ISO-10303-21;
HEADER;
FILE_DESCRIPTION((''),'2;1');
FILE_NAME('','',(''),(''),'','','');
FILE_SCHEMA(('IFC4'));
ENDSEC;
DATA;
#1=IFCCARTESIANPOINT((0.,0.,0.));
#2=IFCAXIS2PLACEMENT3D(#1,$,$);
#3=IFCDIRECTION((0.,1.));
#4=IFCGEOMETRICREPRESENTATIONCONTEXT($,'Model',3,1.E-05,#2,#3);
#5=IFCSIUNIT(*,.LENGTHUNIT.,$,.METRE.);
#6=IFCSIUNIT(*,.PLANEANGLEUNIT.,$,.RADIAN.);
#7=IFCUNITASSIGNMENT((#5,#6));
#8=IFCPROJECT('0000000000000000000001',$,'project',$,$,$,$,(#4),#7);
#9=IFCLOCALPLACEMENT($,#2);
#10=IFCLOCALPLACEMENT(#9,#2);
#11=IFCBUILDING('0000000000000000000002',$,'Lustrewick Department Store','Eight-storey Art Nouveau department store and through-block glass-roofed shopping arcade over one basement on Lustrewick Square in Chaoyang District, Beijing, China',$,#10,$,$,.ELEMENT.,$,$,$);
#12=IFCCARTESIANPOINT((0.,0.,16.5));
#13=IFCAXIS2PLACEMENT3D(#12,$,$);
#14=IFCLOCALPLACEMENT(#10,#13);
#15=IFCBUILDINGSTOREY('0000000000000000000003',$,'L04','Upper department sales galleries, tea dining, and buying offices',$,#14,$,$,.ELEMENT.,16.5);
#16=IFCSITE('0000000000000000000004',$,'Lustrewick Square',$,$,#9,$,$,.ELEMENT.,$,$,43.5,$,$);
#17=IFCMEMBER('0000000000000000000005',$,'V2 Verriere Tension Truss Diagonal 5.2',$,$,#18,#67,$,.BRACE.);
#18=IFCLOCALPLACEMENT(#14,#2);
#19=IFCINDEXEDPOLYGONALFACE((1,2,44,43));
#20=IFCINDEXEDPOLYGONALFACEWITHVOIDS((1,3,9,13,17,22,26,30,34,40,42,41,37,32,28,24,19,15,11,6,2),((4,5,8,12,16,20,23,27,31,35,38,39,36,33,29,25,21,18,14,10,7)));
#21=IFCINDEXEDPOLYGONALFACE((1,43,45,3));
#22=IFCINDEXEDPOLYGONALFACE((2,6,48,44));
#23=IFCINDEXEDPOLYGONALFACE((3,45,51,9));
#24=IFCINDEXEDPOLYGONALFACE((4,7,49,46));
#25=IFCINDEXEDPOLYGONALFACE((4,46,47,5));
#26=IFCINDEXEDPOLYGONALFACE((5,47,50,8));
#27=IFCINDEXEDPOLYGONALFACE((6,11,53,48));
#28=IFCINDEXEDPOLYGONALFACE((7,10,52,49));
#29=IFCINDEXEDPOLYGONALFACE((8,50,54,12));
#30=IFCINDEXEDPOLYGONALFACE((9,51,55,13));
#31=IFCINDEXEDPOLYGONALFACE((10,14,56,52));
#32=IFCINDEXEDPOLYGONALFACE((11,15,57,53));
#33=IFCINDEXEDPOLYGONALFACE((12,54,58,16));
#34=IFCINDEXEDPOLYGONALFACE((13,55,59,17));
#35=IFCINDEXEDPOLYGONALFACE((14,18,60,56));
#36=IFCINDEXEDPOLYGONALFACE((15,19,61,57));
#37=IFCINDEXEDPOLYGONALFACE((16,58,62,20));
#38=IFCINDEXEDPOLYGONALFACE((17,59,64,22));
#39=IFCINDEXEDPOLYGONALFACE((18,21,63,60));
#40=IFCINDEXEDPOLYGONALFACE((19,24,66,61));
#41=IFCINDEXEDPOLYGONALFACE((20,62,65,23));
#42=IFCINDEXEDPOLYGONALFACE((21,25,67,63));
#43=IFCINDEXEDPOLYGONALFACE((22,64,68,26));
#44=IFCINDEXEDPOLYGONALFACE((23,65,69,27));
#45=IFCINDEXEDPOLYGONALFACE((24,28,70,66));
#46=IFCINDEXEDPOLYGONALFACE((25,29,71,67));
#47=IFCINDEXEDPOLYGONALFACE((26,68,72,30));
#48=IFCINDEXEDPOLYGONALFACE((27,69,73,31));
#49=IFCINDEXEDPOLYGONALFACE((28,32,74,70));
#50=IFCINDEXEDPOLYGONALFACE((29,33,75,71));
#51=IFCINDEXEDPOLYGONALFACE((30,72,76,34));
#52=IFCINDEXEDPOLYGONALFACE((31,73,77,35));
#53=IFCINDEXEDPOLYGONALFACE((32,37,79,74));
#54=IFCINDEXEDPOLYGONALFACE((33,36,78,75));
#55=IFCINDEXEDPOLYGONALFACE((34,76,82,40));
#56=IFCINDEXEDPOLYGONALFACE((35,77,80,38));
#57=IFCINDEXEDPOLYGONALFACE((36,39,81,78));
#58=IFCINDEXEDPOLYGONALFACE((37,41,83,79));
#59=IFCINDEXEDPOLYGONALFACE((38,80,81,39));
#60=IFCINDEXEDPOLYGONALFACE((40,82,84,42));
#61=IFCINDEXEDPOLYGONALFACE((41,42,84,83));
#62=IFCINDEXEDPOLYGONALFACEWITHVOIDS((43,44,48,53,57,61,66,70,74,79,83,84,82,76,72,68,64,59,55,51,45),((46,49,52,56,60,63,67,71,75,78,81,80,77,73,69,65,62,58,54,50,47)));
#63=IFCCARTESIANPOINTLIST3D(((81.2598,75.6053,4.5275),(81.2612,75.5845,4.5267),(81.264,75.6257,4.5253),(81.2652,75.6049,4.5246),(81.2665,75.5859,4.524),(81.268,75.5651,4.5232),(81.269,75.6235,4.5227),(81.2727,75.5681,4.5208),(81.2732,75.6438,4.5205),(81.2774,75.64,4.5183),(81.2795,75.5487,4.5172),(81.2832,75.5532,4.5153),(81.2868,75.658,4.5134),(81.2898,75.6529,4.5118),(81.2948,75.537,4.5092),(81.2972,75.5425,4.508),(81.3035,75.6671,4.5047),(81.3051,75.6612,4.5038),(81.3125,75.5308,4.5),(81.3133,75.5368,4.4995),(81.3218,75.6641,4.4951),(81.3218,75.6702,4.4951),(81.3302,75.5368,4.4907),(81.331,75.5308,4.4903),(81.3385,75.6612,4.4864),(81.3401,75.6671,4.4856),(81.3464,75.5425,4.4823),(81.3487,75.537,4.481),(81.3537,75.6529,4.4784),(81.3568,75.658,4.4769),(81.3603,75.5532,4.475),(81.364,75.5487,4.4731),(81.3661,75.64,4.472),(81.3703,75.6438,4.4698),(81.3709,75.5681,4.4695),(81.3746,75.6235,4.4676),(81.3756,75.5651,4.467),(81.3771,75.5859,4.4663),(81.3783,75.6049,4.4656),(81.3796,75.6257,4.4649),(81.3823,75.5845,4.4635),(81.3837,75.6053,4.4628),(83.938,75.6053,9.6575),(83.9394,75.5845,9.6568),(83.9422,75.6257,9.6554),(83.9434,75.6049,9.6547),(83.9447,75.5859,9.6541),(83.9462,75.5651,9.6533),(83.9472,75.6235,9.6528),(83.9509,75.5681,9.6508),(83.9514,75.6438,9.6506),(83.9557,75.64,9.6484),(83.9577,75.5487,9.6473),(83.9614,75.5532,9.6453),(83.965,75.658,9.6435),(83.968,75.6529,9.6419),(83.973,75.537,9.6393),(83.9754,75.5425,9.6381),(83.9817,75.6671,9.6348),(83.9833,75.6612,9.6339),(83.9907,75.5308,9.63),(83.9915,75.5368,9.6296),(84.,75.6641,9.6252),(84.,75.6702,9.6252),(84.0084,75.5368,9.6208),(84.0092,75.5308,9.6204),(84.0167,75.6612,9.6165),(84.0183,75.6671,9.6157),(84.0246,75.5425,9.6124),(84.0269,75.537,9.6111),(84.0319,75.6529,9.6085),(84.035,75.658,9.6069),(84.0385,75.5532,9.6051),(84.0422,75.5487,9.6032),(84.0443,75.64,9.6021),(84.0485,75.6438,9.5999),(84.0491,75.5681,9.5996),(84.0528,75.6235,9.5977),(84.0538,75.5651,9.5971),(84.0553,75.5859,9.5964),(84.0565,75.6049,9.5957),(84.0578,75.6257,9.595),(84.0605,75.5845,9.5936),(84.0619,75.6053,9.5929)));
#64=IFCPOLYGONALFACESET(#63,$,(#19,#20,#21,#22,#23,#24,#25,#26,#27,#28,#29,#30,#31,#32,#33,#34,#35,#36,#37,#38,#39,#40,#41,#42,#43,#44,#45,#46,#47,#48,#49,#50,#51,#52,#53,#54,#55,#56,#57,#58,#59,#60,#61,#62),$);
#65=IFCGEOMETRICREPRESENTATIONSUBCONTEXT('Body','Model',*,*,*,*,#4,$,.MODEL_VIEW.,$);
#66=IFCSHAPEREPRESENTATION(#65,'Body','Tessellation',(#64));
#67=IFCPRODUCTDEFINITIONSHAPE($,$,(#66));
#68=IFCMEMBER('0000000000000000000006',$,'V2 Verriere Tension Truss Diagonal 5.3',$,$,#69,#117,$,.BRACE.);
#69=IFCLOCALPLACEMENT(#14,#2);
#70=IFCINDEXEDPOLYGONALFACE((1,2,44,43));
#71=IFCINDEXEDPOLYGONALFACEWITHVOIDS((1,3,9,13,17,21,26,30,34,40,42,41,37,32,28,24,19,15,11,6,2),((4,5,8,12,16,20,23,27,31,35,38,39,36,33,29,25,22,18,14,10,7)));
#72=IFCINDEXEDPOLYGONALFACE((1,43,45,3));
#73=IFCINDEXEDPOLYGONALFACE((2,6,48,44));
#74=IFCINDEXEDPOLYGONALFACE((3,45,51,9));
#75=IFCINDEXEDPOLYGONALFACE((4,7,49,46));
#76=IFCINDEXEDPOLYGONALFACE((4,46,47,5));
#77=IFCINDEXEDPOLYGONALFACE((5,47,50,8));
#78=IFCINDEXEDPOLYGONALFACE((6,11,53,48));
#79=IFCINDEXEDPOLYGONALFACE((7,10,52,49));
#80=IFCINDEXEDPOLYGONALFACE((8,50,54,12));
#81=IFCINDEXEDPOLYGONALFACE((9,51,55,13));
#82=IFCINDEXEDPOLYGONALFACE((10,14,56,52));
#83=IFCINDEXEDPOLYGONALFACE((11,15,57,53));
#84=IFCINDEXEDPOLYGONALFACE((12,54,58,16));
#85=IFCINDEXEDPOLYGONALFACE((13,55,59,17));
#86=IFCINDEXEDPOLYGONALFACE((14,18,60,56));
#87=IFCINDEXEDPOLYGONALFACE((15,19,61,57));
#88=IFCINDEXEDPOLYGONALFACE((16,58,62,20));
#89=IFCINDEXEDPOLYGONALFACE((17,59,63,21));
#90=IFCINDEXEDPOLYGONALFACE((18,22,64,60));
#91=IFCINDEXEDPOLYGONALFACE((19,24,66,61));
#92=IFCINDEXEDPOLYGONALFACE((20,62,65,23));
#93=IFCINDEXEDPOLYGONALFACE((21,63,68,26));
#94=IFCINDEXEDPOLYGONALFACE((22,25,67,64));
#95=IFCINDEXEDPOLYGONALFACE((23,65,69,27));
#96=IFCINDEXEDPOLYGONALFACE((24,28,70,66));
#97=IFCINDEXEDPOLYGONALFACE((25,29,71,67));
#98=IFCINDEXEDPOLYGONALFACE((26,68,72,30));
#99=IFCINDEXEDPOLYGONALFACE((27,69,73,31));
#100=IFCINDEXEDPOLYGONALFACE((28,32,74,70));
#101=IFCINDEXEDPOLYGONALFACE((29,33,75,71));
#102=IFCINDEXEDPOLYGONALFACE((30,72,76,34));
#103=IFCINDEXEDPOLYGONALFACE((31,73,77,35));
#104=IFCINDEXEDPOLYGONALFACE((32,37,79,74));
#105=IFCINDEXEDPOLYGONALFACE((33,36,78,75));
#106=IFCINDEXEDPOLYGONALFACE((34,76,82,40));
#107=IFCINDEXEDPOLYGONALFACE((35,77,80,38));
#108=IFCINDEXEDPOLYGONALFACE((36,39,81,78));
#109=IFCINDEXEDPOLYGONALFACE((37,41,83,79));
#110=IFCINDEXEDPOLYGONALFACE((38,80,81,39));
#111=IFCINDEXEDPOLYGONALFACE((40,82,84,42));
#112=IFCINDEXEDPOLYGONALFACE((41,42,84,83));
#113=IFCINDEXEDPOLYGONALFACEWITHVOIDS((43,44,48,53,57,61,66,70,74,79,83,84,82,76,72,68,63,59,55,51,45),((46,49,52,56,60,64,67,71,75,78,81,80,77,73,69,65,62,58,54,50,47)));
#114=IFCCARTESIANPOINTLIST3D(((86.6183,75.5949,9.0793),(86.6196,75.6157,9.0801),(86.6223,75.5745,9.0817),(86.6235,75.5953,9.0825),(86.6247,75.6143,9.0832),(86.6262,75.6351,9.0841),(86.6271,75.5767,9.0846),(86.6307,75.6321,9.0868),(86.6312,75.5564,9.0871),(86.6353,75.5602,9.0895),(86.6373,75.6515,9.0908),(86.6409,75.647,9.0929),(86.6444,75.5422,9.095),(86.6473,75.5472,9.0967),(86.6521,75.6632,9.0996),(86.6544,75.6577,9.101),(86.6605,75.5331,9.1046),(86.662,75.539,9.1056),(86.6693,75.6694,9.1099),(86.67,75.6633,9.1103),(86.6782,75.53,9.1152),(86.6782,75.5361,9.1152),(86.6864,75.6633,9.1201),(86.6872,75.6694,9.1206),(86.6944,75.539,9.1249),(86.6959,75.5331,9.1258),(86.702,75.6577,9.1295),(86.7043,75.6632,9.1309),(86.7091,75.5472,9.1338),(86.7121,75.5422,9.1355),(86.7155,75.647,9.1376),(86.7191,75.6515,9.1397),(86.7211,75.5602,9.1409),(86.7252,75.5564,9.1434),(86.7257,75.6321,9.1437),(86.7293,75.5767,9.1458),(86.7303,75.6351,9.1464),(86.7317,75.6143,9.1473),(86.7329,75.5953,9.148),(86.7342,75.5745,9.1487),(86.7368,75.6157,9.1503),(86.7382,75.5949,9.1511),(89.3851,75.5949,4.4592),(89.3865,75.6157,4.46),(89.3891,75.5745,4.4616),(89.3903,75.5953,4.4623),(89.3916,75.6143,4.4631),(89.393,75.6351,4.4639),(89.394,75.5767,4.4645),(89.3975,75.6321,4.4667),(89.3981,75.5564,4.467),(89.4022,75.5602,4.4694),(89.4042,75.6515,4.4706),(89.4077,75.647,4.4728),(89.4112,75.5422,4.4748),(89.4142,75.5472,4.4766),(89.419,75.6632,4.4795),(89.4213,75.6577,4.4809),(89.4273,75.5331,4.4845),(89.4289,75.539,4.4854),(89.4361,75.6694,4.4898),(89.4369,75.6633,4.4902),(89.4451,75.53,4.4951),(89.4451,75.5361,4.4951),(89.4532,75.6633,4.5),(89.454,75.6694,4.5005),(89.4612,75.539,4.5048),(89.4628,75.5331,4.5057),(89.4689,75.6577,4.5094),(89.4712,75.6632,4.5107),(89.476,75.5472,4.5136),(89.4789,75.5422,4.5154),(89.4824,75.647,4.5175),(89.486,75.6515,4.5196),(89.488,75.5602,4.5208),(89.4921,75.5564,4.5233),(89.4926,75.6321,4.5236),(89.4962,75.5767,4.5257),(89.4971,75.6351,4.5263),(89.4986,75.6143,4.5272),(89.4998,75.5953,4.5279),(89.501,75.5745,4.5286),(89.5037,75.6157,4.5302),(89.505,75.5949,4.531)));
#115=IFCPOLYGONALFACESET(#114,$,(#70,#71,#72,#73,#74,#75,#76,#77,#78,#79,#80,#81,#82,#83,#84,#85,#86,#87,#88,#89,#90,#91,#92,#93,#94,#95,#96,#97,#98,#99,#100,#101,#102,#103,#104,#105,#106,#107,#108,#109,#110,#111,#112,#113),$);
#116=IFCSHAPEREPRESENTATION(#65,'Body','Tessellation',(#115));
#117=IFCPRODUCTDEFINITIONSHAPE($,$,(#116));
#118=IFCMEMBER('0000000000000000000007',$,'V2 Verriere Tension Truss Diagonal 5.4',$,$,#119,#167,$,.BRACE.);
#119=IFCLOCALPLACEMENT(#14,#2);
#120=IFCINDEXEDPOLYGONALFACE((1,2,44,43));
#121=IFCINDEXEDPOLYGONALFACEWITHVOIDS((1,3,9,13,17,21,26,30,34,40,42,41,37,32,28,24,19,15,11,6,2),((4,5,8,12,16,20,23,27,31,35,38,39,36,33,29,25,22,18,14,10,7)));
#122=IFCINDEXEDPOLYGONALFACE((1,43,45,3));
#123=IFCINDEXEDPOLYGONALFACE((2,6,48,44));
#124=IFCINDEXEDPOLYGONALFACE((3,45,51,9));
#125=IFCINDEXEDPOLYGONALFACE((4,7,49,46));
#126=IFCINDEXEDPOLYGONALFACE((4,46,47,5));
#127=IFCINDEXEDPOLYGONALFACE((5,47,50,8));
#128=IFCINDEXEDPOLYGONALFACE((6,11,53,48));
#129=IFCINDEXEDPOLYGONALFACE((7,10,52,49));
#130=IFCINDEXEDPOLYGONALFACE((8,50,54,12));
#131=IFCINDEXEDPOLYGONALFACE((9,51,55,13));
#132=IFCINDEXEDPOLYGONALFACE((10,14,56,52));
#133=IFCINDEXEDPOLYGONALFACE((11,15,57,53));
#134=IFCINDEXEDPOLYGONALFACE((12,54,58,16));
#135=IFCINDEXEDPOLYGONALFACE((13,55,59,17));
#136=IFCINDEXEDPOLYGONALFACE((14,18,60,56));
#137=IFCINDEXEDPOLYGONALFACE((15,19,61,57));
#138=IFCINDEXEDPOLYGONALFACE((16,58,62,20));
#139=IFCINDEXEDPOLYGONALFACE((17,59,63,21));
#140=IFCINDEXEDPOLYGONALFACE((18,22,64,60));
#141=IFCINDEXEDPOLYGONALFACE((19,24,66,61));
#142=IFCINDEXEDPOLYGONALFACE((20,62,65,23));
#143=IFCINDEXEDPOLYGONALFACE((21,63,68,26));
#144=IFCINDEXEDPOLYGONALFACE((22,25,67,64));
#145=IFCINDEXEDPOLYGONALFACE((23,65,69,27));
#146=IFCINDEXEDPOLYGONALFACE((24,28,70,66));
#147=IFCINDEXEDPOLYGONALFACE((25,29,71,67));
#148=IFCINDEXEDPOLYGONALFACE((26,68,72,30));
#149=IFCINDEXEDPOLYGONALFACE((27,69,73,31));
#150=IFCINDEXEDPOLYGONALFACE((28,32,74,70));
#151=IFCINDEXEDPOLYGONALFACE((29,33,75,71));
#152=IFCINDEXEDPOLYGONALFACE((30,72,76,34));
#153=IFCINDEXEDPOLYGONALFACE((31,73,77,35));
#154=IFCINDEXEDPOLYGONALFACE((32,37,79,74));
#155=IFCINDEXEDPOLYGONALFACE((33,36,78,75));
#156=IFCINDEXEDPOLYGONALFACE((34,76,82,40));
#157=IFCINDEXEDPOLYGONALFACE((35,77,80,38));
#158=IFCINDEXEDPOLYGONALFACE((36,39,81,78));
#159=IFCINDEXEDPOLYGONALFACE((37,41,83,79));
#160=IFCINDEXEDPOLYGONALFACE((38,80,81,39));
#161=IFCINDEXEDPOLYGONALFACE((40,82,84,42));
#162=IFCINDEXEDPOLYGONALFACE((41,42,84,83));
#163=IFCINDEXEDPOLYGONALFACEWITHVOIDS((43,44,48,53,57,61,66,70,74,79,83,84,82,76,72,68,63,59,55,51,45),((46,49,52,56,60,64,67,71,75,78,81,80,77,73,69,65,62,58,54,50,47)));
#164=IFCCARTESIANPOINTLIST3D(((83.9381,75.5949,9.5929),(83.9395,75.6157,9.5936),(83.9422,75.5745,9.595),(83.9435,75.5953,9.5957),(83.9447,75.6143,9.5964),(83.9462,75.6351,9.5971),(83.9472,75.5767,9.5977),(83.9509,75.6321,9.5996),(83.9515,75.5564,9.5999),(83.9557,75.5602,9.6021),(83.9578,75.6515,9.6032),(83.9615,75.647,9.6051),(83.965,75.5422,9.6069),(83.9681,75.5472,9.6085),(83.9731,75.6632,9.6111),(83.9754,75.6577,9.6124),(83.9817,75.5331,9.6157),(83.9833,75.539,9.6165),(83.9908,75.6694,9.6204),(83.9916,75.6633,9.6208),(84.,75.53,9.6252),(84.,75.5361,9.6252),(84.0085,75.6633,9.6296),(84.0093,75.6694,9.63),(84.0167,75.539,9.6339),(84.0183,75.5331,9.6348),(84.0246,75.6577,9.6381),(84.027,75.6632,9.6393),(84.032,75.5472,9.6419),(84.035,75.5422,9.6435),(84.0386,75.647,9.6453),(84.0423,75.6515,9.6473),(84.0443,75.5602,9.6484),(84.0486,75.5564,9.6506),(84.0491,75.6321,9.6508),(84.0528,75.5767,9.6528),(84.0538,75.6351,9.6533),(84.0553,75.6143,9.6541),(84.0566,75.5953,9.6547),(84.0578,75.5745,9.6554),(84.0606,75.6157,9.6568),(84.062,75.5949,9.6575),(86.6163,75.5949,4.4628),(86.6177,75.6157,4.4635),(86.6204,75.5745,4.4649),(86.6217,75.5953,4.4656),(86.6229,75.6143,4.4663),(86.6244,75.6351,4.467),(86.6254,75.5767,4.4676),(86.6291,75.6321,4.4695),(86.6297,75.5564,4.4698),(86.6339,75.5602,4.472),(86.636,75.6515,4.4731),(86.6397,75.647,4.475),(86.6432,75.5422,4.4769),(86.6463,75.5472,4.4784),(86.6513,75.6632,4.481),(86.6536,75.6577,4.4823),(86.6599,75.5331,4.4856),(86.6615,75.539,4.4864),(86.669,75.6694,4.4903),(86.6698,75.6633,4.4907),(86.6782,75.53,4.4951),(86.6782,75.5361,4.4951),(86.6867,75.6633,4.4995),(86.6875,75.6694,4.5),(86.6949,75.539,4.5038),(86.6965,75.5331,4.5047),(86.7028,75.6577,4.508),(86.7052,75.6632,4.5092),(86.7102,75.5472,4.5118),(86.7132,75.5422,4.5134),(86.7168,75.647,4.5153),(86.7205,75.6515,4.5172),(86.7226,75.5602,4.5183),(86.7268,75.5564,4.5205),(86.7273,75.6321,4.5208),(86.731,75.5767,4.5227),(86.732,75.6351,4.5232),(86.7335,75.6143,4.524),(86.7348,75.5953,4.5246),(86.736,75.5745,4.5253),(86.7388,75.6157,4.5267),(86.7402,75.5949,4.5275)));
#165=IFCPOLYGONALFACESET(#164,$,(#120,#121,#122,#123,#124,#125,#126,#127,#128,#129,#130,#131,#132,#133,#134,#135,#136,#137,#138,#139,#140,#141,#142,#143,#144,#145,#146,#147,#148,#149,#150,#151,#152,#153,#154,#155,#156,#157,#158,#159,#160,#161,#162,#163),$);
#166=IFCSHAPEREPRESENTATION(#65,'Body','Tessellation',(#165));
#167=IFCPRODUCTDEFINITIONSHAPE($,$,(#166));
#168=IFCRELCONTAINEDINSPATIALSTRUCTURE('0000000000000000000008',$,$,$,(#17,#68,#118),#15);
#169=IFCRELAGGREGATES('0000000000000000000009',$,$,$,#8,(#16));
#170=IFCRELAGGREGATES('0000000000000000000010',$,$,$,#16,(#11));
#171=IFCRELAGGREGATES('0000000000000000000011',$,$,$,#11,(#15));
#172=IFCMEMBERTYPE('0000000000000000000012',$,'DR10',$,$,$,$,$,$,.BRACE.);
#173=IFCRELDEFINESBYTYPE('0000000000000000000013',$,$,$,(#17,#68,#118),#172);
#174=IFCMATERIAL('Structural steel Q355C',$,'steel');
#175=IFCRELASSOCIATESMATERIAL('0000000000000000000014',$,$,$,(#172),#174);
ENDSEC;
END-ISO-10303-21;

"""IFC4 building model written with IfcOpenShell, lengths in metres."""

from ifc_helpers import new_model, si_unit, direction, frame, origin, origin_2d, place, context, subcontext, project, spatial, hollow_circle, extrude, material, material_profile, profile_set, type_object, element, save


model = new_model("IFC4")

# Units and contexts
model_context = context("Model", 3, precision=1e-05, world=origin(), true_north=direction((0.0, 1.0)))
body_context = subcontext(model_context, "Body", "Model", "MODEL_VIEW")
ifc_project = project(units=[si_unit("LENGTHUNIT", "METRE"), si_unit("PLANEANGLEUNIT", "RADIAN")], contexts=[model_context])

# Site, building, storey
site_placement = place(None, origin())
site = spatial("IfcSite", under=ifc_project, at=site_placement, Name="Lustrewick Square", CompositionType="ELEMENT", RefElevation=43.5)
building_placement = place(site_placement, origin())
building = spatial("IfcBuilding", under=site, at=building_placement, Name="Lustrewick Department Store", Description="Eight-storey Art Nouveau department store and through-block glass-roofed shopping arcade over one basement on Lustrewick Square in Chaoyang District, Beijing, China", CompositionType="ELEMENT")
storey_placement = place(building_placement, frame((0.0, 0.0, 16.5)))
storey = spatial("IfcBuildingStorey", under=building, at=storey_placement, Name="L04", Description="Upper department sales galleries, tea dining, and buying offices", CompositionType="ELEMENT", Elevation=16.5)

# Members
ifc_material_1 = material(Name="Structural steel Q355C", Category="steel")
ifc_material_profile_1 = material_profile(ifc_material_1, hollow_circle(Radius=0.0701, WallThickness=0.0061, at=origin_2d()), Name="CHS 140x6")
ifc_profile_set_1 = profile_set([ifc_material_profile_1], Name="Structural steel Q355C")
member_type_1 = type_object("IfcMemberType", Name="DR10", PredefinedType="BRACE", material=ifc_profile_set_1)
member_1_placement = place(storey_placement, frame((81.3218, 75.6001, 4.4951), z_axis=(0.462788, 0.0, 0.886469), x_axis=(0.0, 1.0, 0.0)))
element("IfcMember", 1, at=member_1_placement, inside=storey, type_object=member_type_1, Name="V2 Verriere Tension Truss Diagonal 5.2", PredefinedType="BRACE", context=body_context, shape_type="SweptSolid", body=[
    extrude(hollow_circle(Radius=0.0701, WallThickness=0.0061, at=origin_2d()), origin(), (0.0, 0.0, 1.0), 5.7871),
])
member_2_placement = place(storey_placement, frame((89.4451, 75.6001, 4.4951), z_axis=(-0.513782, 0.0, 0.857921), x_axis=(0.0, -1.0, 0.0)))
element("IfcMember", 2, at=member_2_placement, inside=storey, type_object=member_type_1, Name="V2 Verriere Tension Truss Diagonal 5.3", PredefinedType="BRACE", context=body_context, shape_type="SweptSolid", body=[
    extrude(hollow_circle(Radius=0.0701, WallThickness=0.0061, at=origin_2d()), origin(), (0.0, 0.0, 1.0), 5.3853),
])
for number, where, z_axis, x_axis, name in (
    (3, (86.6782, 75.6001, 4.4951), (-0.462788, 0.0, 0.886469), (0.0, -1.0, 0.0), "V2 Verriere Tension Truss Diagonal 5.4"),
):
    element("IfcMember", number, at=place(storey_placement, frame(where, z_axis=z_axis, x_axis=x_axis)), inside=storey, type_object=member_type_1, Name=name, PredefinedType="BRACE", context=body_context, shape_type="SweptSolid", body=[
        extrude(hollow_circle(Radius=0.0701, WallThickness=0.0061, at=origin_2d()), origin(), (0.0, 0.0, 1.0), 5.7871),
    ])

save(model, "model.ifc")
